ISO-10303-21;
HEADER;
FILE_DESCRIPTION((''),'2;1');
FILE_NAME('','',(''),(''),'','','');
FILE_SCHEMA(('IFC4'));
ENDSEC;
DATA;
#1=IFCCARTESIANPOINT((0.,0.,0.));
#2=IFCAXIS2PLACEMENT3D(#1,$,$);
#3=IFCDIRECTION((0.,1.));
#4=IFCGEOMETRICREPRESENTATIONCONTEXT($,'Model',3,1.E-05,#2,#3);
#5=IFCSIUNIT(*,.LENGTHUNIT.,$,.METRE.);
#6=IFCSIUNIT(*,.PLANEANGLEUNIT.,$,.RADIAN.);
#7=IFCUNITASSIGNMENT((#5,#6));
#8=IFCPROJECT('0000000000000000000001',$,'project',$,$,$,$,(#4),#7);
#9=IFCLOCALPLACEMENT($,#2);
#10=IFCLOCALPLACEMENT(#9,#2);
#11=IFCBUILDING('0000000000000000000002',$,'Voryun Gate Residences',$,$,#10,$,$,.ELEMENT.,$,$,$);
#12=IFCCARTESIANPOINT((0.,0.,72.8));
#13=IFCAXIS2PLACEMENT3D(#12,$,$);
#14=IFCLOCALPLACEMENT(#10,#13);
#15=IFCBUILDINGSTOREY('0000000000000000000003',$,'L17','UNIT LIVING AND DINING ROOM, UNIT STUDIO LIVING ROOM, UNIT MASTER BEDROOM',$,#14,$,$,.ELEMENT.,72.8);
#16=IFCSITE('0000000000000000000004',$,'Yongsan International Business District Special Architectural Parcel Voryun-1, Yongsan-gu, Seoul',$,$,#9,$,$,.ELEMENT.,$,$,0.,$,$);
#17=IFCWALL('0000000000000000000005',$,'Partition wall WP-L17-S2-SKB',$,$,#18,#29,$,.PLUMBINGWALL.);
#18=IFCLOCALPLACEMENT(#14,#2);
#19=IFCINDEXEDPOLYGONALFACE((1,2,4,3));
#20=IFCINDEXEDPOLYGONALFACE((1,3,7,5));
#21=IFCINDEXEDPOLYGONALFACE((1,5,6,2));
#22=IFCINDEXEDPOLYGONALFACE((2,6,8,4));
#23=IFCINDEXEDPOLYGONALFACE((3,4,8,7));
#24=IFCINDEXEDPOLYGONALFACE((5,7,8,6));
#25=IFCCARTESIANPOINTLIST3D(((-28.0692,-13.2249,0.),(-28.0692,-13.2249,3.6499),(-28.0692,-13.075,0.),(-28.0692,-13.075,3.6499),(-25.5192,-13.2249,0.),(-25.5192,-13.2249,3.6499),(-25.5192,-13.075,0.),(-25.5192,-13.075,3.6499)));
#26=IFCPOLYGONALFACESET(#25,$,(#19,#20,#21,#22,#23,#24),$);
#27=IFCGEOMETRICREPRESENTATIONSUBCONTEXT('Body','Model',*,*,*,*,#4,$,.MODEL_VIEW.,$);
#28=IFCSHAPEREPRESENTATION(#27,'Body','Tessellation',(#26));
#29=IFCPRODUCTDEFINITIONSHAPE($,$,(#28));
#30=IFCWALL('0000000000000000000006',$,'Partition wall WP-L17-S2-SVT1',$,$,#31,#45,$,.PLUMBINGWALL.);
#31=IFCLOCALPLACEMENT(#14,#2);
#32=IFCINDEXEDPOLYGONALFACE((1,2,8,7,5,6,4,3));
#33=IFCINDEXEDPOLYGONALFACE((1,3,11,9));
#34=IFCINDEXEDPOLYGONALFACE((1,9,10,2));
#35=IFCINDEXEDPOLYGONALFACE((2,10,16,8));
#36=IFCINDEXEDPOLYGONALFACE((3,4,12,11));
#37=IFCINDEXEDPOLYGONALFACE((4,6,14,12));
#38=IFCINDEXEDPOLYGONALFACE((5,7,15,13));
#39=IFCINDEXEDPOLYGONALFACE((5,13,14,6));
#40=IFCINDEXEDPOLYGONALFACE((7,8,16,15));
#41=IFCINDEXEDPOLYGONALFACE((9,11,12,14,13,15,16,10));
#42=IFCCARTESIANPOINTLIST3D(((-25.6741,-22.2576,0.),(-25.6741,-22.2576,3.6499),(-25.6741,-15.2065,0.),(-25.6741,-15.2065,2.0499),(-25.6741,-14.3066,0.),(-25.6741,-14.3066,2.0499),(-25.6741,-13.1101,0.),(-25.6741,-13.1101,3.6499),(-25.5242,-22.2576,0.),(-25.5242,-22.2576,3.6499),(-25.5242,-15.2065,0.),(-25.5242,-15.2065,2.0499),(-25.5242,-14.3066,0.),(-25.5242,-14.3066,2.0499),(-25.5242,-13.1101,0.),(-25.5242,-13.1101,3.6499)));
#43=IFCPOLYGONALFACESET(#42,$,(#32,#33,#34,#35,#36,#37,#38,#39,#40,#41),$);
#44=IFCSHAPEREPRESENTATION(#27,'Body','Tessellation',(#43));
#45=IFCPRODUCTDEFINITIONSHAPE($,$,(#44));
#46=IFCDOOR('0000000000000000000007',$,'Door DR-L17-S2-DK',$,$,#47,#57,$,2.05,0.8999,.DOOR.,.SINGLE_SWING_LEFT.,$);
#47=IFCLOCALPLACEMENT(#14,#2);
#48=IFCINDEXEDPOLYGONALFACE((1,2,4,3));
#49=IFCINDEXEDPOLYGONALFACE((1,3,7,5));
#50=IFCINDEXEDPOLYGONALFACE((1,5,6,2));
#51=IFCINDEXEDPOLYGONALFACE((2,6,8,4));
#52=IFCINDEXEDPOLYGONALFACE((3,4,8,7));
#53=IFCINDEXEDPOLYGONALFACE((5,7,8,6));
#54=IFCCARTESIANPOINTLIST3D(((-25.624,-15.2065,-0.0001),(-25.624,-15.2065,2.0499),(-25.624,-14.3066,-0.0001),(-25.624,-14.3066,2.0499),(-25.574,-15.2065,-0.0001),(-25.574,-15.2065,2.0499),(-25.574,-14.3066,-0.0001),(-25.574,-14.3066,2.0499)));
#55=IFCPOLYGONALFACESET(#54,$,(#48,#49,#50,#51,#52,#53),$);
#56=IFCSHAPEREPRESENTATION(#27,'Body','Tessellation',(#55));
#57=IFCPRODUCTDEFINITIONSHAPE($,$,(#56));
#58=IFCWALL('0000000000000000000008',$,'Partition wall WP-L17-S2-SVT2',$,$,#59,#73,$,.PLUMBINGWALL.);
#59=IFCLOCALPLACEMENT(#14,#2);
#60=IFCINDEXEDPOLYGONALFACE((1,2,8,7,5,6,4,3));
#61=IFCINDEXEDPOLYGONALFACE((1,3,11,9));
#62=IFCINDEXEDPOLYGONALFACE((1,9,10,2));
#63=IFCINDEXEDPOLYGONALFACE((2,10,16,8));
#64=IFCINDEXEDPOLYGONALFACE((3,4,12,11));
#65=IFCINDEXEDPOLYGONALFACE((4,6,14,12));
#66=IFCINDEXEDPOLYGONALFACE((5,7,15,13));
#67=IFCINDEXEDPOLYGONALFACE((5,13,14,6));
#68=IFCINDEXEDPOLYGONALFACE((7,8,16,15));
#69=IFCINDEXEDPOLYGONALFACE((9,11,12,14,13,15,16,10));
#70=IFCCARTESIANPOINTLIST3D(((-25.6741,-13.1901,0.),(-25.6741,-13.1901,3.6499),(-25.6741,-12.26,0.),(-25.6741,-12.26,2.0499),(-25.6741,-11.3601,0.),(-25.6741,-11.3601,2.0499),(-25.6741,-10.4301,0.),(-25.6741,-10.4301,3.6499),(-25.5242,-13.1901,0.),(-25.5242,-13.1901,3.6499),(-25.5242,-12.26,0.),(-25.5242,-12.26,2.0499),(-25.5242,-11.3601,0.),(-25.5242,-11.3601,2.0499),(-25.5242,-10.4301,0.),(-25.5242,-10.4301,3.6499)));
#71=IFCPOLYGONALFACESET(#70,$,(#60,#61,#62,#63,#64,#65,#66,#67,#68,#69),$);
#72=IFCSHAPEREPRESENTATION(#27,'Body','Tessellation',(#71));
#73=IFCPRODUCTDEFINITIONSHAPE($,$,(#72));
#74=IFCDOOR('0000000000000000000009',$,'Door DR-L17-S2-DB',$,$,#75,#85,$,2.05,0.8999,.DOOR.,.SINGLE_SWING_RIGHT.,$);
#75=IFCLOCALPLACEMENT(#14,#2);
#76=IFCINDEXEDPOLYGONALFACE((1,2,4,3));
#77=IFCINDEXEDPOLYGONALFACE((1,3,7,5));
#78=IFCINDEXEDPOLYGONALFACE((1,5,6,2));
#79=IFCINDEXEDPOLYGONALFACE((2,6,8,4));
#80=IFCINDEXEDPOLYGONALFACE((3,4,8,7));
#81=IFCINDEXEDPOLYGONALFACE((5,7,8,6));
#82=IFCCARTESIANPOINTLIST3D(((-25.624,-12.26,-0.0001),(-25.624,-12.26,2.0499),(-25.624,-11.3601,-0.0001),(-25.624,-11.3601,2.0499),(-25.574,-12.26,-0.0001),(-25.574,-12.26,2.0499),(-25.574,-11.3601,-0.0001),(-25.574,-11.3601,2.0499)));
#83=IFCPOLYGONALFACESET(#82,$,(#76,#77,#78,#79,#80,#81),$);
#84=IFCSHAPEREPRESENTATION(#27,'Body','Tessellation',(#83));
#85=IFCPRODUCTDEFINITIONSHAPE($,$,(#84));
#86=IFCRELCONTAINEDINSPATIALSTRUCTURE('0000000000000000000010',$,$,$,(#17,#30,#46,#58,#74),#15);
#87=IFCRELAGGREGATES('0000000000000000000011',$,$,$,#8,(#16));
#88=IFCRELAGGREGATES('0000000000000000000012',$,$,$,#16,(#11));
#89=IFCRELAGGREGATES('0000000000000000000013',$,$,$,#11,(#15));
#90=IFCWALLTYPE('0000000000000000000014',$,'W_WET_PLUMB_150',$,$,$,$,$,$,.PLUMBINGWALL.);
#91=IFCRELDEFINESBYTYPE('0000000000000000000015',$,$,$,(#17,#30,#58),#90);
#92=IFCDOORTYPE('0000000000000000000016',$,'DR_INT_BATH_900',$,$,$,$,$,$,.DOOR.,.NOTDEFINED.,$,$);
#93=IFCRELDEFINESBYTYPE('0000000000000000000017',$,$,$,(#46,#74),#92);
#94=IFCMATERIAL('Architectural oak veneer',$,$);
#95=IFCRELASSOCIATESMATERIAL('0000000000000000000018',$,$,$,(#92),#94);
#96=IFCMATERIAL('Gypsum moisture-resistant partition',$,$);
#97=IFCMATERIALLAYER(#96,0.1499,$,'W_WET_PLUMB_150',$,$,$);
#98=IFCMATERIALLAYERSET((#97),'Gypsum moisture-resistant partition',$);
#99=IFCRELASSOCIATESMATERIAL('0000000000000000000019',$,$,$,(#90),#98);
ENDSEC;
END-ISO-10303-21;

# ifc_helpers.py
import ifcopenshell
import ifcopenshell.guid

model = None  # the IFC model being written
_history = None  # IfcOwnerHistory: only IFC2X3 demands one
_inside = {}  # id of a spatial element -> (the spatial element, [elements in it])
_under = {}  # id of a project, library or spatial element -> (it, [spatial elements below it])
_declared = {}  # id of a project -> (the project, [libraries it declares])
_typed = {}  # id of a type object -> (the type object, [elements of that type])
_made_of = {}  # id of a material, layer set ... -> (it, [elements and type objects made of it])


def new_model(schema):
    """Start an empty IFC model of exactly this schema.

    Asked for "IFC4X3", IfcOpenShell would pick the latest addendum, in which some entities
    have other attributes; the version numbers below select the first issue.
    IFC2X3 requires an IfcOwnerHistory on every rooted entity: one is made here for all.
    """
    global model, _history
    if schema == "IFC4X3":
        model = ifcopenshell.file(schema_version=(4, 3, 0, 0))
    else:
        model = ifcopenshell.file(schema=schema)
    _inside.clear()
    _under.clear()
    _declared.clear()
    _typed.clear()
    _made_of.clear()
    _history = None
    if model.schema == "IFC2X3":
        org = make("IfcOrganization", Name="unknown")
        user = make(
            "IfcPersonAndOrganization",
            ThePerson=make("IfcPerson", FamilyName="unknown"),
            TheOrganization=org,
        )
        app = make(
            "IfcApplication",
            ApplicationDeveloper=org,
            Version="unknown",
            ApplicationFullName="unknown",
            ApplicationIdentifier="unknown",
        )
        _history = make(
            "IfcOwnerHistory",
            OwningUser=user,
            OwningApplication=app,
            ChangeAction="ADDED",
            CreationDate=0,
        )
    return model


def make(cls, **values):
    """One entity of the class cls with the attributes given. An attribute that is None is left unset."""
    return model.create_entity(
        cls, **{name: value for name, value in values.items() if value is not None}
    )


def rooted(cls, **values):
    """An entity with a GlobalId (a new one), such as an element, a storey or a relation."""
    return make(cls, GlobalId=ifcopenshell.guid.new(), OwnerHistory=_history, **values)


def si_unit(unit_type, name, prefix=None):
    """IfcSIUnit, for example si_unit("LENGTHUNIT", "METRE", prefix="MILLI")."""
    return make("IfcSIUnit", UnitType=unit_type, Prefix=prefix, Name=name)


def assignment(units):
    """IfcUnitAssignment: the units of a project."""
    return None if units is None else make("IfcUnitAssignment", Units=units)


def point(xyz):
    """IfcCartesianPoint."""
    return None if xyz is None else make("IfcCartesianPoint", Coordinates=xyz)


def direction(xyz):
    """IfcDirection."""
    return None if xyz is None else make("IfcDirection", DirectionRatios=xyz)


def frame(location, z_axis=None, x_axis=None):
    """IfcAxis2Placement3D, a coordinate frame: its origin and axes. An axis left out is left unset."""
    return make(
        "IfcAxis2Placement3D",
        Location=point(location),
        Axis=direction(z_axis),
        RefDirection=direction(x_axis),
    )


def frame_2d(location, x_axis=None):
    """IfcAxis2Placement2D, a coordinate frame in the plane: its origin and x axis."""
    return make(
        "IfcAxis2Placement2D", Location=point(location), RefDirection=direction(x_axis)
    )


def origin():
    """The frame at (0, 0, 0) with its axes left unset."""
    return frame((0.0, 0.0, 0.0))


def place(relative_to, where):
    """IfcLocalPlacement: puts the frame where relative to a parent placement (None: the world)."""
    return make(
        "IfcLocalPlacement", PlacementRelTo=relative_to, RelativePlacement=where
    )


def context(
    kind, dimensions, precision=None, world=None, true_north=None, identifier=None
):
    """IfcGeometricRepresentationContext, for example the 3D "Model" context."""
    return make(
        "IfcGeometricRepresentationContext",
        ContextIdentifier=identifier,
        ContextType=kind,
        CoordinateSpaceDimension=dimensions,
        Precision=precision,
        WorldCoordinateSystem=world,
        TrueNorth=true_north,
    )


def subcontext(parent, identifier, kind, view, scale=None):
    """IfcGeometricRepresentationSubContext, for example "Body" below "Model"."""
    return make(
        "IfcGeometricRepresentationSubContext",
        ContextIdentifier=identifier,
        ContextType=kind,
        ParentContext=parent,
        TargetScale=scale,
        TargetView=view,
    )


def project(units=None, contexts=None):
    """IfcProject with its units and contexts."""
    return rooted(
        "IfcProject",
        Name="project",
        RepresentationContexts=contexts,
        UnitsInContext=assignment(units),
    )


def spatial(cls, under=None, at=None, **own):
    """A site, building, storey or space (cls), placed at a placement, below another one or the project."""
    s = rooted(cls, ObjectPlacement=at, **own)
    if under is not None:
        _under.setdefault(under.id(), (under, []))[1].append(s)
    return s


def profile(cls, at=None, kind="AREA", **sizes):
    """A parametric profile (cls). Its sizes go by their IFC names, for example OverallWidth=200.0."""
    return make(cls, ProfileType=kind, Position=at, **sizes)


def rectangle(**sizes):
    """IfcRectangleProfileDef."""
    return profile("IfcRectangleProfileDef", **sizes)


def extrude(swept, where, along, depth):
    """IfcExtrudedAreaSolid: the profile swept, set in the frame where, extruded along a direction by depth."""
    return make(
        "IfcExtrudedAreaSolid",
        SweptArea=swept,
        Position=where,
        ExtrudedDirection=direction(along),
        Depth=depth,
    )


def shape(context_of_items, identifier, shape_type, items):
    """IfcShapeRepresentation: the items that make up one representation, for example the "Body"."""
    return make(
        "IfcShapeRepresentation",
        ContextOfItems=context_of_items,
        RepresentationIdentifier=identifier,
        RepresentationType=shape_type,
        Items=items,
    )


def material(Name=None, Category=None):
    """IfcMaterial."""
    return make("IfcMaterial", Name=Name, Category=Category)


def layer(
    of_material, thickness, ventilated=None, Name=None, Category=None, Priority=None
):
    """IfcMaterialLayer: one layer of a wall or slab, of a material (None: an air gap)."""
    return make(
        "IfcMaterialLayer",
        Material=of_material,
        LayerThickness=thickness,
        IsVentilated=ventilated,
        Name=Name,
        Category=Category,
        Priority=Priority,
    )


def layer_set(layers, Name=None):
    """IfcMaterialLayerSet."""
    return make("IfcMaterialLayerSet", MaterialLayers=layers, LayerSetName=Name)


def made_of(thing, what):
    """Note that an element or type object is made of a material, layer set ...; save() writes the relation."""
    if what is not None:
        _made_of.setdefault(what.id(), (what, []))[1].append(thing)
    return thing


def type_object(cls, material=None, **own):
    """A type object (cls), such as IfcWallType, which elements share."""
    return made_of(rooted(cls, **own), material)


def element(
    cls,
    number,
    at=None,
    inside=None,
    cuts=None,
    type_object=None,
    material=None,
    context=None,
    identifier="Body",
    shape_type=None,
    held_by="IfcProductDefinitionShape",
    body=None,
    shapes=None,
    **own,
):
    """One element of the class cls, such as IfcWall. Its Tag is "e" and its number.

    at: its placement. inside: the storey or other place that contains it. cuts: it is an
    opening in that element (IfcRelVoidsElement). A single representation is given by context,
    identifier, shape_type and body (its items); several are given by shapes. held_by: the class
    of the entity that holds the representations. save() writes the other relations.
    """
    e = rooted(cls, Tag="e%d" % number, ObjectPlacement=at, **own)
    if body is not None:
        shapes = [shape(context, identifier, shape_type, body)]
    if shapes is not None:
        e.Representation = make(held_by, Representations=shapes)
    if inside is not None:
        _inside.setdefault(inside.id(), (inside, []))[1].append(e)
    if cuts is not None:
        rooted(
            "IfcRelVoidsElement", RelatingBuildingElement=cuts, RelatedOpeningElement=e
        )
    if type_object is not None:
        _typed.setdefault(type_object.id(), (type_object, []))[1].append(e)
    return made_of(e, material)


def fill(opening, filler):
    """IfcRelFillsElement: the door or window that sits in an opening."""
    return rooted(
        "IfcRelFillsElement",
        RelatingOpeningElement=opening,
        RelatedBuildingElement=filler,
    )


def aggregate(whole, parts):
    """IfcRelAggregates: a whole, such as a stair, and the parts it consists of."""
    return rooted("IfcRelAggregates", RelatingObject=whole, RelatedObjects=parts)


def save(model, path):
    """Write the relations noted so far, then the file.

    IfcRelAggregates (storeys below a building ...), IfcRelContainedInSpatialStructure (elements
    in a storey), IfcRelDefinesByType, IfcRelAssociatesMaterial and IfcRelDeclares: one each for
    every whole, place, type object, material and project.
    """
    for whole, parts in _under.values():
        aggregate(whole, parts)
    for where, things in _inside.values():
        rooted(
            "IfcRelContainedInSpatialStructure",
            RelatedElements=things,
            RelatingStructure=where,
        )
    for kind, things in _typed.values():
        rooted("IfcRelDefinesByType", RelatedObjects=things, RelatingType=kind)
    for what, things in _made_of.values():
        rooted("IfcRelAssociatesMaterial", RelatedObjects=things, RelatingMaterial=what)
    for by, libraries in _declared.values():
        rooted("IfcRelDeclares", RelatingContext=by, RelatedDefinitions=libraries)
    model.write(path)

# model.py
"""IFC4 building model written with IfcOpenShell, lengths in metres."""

from ifc_helpers import new_model, si_unit, direction, frame, frame_2d, origin, place, context, subcontext, project, spatial, rectangle, extrude, material, layer, layer_set, type_object, element, fill, save


model = new_model("IFC4")

# Units and contexts
model_context = context("Model", 3, precision=1e-05, world=origin(), true_north=direction((0.0, 1.0)))
body_context = subcontext(model_context, "Body", "Model", "MODEL_VIEW")
ifc_project = project(units=[si_unit("LENGTHUNIT", "METRE"), si_unit("PLANEANGLEUNIT", "RADIAN")], contexts=[model_context])

# Site, building, storey
site_placement = place(None, origin())
site = spatial("IfcSite", under=ifc_project, at=site_placement, Name="Yongsan International Business District Special Architectural Parcel Voryun-1, Yongsan-gu, Seoul", CompositionType="ELEMENT", RefElevation=0.0)
building_placement = place(site_placement, origin())
building = spatial("IfcBuilding", under=site, at=building_placement, Name="Voryun Gate Residences", CompositionType="ELEMENT")
storey_placement = place(building_placement, frame((0.0, 0.0, 72.8)))
storey = spatial("IfcBuildingStorey", under=building, at=storey_placement, Name="L17", Description="UNIT LIVING AND DINING ROOM, UNIT STUDIO LIVING ROOM, UNIT MASTER BEDROOM", CompositionType="ELEMENT", Elevation=72.8)

# Shared definitions
ifc_material_1 = material(Name="Architectural oak veneer")
door_type_1 = type_object("IfcDoorType", Name="DR_INT_BATH_900", OperationType="NOTDEFINED", PredefinedType="DOOR", material=ifc_material_1)

# Wall
ifc_material_2 = material(Name="Gypsum moisture-resistant partition")
ifc_layer_1 = layer(ifc_material_2, 0.1499, Name="W_WET_PLUMB_150")
ifc_layer_set_1 = layer_set([ifc_layer_1], Name="Gypsum moisture-resistant partition")
wall_type_1 = type_object("IfcWallType", Name="W_WET_PLUMB_150", PredefinedType="PLUMBINGWALL", material=ifc_layer_set_1)
wall_1_placement = place(storey_placement, frame((-28.0691, -13.1499, 0.0), z_axis=(0.0, 0.0, 1.0), x_axis=(1.0, 0.0, 0.0)))
element("IfcWall", 1, at=wall_1_placement, inside=storey, type_object=wall_type_1, Name="Partition wall WP-L17-S2-SKB", PredefinedType="PLUMBINGWALL", context=body_context, shape_type="SweptSolid", body=[
    extrude(rectangle(XDim=2.55, YDim=0.1499, at=frame_2d((1.2749, 0.0))), origin(), (0.0, 0.0, 1.0), 3.6499),
])

# Walls, openings, doors
wall_2_placement = place(storey_placement, frame((-25.5991, -22.2576, 0.0), z_axis=(0.0, 0.0, 1.0), x_axis=(0.0, 1.0, 0.0)))
wall_2 = element("IfcWall", 2, at=wall_2_placement, inside=storey, type_object=wall_type_1, Name="Partition wall WP-L17-S2-SVT1", PredefinedType="PLUMBINGWALL", context=body_context, shape_type="SweptSolid", body=[
    extrude(rectangle(XDim=9.1475, YDim=0.1499, at=frame_2d((4.5737, 0.0))), origin(), (0.0, 0.0, 1.0), 3.6499),
])
opening_1_placement = place(wall_2_placement, frame((7.051, 0.0, 0.0)))
opening_1 = element("IfcOpeningElement", 3, at=opening_1_placement, cuts=wall_2, PredefinedType="OPENING", context=body_context, shape_type="SweptSolid", body=[
    extrude(rectangle(XDim=0.8999, YDim=2.05, at=frame_2d((0.45, 1.0249))), frame((0.0, 0.085, 0.0), z_axis=(0.0, -1.0, 0.0), x_axis=(1.0, 0.0, 0.0)), (0.0, 0.0, 1.0), 0.1699),
])
door_1_placement = place(opening_1_placement, origin())
door_1 = element("IfcDoor", 4, at=door_1_placement, inside=storey, type_object=door_type_1, Name="Door DR-L17-S2-DK", OperationType="SINGLE_SWING_LEFT", OverallHeight=2.05, OverallWidth=0.8999, PredefinedType="DOOR", context=body_context, shape_type="SweptSolid", body=[
    extrude(rectangle(XDim=0.8999, YDim=2.05, at=frame_2d((0.45, 1.0249))), frame((0.0, 0.0249, 0.0), z_axis=(0.0, -1.0, 0.0), x_axis=(1.0, 0.0, 0.0)), (0.0, 0.0, 1.0), 0.05),
])
fill(opening_1, door_1)
wall_3_placement = place(storey_placement, frame((-25.5991, -13.1899, 0.0), z_axis=(0.0, 0.0, 1.0), x_axis=(0.0, 1.0, 0.0)))
wall_3 = element("IfcWall", 5, at=wall_3_placement, inside=storey, type_object=wall_type_1, Name="Partition wall WP-L17-S2-SVT2", PredefinedType="PLUMBINGWALL", context=body_context, shape_type="SweptSolid", body=[
    extrude(rectangle(XDim=2.76, YDim=0.1499, at=frame_2d((1.3799, 0.0))), origin(), (0.0, 0.0, 1.0), 3.6499),
])
opening_2_placement = place(wall_3_placement, frame((0.9299, 0.0, 0.0)))
opening_2 = element("IfcOpeningElement", 6, at=opening_2_placement, cuts=wall_3, PredefinedType="OPENING", context=body_context, shape_type="SweptSolid", body=[
    extrude(rectangle(XDim=0.8999, YDim=2.05, at=frame_2d((0.45, 1.0249))), frame((0.0, 0.085, 0.0), z_axis=(0.0, -1.0, 0.0), x_axis=(1.0, 0.0, 0.0)), (0.0, 0.0, 1.0), 0.1699),
])
door_2_placement = place(opening_2_placement, origin())
door_2 = element("IfcDoor", 7, at=door_2_placement, inside=storey, type_object=door_type_1, Name="Door DR-L17-S2-DB", OperationType="SINGLE_SWING_RIGHT", OverallHeight=2.05, OverallWidth=0.8999, PredefinedType="DOOR", context=body_context, shape_type="SweptSolid", body=[
    extrude(rectangle(XDim=0.8999, YDim=2.05, at=frame_2d((0.45, 1.0249))), frame((0.0, 0.0249, 0.0), z_axis=(0.0, -1.0, 0.0), x_axis=(1.0, 0.0, 0.0)), (0.0, 0.0, 1.0), 0.05),
])
fill(opening_2, door_2)

save(model, "model.ifc")
